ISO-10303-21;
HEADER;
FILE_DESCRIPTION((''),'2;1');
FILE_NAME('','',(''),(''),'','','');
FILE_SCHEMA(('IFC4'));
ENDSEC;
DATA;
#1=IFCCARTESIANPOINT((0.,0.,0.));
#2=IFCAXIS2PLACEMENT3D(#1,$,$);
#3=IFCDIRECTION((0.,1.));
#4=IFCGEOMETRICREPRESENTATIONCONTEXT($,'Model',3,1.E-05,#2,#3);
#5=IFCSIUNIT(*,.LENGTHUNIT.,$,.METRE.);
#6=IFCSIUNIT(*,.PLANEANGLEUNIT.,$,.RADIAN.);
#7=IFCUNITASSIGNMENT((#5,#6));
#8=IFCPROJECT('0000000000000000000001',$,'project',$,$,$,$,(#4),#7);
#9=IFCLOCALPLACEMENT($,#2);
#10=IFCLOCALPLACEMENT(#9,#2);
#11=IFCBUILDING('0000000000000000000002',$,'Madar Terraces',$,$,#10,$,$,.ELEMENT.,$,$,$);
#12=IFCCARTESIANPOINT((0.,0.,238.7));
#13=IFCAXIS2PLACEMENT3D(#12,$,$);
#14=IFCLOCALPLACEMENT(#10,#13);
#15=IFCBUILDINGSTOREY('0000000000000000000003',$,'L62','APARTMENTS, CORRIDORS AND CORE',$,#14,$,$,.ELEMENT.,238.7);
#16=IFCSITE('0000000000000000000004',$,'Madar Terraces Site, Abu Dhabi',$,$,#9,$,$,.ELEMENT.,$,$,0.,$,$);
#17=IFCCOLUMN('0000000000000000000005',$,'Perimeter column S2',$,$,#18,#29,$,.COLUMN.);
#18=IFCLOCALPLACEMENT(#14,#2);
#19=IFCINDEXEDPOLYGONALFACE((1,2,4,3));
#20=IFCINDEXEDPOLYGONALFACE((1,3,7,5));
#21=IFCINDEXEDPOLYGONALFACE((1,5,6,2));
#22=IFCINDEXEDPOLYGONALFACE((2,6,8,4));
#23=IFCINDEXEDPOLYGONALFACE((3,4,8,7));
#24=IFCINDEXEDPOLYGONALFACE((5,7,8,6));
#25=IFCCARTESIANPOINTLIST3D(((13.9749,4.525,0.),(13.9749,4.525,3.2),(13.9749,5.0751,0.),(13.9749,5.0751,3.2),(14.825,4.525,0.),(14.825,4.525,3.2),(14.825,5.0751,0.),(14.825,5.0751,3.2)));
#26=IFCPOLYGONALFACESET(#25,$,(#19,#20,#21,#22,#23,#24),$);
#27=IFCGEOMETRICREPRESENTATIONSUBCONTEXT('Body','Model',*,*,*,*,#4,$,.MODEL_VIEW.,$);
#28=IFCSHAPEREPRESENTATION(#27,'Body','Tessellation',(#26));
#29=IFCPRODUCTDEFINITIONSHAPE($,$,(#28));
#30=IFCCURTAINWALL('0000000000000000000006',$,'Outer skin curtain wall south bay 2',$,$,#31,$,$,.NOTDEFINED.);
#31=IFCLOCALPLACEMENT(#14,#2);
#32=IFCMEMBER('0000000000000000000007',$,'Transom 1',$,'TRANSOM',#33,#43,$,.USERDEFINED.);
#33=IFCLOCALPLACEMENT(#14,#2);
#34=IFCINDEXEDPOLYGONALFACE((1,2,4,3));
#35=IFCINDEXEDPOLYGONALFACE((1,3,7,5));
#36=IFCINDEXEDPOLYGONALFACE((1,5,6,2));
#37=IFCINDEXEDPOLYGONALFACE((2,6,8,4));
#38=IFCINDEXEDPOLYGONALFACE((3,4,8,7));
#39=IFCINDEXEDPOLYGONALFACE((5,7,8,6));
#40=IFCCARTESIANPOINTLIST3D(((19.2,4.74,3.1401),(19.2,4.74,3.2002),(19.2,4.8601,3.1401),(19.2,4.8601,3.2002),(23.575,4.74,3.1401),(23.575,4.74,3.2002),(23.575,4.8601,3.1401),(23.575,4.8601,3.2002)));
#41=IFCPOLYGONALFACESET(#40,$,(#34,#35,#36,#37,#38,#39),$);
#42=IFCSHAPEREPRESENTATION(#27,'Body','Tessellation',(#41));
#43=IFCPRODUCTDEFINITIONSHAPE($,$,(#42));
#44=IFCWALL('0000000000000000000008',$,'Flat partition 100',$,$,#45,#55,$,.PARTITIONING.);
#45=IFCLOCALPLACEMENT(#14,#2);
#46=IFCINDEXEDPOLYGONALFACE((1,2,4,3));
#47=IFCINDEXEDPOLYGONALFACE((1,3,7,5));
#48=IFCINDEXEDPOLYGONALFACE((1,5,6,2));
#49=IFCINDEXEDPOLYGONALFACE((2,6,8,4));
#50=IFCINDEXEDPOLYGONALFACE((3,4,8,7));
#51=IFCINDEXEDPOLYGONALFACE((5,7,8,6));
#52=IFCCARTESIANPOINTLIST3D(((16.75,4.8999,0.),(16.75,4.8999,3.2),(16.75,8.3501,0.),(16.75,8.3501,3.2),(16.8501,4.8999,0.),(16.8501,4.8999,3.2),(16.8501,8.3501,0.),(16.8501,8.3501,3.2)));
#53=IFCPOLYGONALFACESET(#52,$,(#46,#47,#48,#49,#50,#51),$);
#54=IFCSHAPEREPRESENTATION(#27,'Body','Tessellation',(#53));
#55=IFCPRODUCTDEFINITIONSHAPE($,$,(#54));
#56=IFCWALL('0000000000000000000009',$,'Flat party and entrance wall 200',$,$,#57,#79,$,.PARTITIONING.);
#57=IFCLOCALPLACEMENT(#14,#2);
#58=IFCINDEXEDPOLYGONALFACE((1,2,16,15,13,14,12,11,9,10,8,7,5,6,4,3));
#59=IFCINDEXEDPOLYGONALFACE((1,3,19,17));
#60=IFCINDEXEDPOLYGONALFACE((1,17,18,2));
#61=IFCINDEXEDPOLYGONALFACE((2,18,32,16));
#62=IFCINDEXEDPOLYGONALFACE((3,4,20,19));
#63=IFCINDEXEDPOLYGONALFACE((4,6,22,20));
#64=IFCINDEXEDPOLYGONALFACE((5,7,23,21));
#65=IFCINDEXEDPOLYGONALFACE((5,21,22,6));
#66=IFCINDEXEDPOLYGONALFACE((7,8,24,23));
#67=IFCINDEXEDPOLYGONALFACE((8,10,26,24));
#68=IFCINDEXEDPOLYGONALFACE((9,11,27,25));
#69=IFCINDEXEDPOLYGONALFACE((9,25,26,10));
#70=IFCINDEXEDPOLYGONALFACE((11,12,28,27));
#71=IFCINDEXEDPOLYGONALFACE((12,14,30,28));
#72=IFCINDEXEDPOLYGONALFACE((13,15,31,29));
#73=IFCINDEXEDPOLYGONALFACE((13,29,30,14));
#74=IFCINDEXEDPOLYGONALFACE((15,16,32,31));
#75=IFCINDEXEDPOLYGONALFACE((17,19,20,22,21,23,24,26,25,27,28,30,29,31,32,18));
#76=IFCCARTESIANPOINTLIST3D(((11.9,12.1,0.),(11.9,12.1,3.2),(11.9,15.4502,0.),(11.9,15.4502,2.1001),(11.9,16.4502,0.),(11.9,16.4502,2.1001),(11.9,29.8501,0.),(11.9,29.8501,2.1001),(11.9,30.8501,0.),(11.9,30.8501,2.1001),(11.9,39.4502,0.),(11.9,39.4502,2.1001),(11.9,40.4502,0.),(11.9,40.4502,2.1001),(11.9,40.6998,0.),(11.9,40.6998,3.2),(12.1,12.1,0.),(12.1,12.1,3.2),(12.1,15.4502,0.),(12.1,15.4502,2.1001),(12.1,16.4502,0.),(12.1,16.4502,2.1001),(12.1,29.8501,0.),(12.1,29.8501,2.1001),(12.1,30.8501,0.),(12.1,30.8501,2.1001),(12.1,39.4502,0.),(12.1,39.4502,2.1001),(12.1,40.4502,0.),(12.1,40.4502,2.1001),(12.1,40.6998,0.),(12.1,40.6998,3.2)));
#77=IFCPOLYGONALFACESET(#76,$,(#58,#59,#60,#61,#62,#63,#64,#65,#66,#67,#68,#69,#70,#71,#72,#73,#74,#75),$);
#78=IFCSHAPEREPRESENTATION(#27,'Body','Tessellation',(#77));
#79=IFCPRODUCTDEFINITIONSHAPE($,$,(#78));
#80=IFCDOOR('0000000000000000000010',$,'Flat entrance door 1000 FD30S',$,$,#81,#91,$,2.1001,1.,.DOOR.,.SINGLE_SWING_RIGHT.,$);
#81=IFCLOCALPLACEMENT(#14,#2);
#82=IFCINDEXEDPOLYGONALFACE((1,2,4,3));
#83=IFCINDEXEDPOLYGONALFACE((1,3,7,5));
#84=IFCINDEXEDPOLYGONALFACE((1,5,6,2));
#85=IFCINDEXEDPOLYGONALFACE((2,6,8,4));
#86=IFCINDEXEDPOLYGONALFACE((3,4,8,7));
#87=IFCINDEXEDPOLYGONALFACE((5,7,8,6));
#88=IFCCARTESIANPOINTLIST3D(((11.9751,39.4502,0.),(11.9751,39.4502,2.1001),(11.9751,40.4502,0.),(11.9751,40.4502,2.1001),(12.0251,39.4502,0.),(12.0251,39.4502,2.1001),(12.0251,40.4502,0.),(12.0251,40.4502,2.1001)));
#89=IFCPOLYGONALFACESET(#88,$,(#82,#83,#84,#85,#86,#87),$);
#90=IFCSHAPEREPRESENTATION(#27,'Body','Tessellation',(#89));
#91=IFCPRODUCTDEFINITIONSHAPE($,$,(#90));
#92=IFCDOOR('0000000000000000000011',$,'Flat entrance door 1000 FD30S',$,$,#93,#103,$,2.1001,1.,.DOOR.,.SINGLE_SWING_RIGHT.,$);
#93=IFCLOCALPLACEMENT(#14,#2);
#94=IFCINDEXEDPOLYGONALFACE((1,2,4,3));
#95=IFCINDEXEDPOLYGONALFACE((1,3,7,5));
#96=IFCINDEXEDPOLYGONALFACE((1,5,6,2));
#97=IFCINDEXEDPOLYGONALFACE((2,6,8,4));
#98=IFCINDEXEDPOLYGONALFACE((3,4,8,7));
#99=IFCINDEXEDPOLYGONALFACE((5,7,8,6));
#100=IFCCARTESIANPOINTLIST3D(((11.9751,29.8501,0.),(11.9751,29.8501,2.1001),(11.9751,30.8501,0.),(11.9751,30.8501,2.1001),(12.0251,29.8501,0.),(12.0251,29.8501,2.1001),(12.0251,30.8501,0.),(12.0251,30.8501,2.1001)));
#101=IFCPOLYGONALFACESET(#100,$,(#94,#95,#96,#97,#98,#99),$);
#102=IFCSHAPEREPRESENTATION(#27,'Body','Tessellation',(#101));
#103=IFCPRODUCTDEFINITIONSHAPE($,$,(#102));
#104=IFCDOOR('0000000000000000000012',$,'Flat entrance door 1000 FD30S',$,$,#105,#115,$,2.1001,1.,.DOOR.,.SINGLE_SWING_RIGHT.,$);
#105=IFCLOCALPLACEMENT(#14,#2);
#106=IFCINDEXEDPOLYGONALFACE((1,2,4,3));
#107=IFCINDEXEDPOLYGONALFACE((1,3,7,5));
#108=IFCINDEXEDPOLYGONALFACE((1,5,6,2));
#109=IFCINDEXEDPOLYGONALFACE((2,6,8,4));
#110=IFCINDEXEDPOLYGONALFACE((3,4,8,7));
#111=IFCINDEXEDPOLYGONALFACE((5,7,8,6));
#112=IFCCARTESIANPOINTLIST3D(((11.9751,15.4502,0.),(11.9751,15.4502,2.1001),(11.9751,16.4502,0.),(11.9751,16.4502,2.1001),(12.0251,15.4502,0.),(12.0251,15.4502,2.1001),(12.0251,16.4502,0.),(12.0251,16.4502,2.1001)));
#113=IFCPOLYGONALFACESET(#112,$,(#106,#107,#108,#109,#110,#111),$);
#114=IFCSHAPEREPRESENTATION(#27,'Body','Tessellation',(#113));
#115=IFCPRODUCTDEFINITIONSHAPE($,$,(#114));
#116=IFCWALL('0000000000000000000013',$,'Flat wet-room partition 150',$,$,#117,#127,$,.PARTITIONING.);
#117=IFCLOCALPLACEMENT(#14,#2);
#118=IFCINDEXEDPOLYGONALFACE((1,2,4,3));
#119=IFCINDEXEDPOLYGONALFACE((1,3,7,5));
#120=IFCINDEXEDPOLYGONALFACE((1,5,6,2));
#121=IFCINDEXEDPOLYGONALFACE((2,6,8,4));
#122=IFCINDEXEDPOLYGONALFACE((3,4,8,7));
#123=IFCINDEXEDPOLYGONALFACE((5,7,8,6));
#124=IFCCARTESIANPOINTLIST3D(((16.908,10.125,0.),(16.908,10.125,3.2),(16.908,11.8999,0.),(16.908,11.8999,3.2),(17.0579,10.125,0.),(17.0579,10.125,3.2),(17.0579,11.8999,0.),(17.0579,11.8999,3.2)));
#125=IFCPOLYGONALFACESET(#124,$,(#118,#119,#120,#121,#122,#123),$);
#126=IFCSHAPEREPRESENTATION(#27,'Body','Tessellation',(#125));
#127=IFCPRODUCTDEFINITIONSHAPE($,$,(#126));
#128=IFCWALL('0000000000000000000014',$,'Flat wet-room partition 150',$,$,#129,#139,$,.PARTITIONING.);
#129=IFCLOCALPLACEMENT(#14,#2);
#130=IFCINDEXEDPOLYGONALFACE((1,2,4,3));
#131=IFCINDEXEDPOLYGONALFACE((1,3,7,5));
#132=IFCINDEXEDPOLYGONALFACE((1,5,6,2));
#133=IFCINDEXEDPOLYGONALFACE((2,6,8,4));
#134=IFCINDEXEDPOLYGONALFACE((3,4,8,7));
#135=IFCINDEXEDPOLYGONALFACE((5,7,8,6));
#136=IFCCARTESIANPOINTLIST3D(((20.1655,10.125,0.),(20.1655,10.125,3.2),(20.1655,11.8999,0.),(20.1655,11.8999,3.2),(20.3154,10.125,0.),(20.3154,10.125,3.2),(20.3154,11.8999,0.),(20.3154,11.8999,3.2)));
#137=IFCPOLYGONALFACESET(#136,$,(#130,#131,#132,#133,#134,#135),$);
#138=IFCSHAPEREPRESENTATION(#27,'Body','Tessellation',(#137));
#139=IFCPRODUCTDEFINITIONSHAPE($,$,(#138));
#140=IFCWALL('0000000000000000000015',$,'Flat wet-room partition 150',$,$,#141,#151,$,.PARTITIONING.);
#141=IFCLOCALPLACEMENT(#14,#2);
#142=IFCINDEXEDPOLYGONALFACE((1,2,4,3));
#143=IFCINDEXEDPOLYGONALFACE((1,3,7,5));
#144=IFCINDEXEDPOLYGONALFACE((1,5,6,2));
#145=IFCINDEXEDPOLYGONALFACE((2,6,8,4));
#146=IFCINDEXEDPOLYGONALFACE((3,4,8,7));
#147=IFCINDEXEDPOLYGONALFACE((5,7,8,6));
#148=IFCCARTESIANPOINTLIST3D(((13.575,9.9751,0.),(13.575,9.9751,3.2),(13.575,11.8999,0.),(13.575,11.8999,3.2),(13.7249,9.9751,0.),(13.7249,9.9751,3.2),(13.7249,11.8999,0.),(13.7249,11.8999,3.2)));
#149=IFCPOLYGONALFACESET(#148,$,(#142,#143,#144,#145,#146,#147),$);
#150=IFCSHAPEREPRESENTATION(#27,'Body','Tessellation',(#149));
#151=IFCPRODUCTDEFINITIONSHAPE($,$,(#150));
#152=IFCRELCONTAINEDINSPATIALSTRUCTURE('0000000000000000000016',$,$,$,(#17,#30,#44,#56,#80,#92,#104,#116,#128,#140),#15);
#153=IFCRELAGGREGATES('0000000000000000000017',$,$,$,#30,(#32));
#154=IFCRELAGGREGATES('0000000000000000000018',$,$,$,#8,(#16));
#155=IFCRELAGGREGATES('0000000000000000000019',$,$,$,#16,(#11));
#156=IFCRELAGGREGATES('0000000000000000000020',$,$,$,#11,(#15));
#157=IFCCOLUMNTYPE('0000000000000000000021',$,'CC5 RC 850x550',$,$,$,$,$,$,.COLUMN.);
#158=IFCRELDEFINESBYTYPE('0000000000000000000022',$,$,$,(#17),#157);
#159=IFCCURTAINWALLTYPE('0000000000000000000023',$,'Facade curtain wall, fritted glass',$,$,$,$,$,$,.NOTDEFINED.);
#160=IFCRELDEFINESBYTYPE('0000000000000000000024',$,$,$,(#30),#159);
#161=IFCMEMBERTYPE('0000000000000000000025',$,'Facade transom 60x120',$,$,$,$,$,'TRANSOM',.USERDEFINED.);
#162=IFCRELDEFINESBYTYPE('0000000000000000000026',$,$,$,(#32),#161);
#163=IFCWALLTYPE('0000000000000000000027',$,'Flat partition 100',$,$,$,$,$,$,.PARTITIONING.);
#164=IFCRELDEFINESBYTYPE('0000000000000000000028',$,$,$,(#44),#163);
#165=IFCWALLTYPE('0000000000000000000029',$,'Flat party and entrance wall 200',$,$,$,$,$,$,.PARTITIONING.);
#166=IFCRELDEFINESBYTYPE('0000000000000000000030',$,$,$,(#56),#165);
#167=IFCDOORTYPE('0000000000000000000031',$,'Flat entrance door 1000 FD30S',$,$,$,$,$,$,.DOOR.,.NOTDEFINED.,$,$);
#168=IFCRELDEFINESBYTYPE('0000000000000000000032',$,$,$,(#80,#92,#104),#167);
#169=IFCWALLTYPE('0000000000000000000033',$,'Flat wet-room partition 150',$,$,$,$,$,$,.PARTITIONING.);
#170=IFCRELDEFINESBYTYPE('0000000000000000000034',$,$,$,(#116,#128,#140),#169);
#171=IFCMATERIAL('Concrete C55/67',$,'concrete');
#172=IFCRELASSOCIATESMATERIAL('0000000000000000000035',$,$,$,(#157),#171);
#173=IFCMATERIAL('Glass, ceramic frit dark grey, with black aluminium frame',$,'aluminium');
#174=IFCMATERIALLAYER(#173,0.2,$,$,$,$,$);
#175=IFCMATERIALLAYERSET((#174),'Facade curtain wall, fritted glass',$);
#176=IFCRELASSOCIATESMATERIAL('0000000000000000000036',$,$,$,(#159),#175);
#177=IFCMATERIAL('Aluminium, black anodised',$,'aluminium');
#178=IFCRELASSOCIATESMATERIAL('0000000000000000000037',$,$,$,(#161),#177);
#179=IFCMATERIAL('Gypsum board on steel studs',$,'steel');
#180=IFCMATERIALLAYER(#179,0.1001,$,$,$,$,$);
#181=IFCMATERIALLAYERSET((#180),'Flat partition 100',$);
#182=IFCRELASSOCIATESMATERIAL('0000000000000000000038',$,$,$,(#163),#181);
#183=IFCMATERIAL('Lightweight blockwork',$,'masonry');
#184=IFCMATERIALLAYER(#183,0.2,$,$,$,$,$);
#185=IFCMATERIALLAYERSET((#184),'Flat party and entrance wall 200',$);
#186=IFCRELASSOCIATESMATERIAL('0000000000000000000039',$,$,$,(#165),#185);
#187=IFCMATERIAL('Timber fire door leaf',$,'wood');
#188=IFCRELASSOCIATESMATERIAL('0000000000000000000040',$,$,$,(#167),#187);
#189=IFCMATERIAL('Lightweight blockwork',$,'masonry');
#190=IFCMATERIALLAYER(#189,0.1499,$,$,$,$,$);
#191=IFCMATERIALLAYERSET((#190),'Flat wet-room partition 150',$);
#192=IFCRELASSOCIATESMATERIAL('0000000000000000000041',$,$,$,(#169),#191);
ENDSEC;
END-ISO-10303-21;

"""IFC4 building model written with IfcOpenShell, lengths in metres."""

from ifc_helpers import new_model, si_unit, direction, frame, frame_2d, origin, origin_2d, place, context, subcontext, project, spatial, rectangle, extrude, material, layer, layer_set, material_profile, profile_set, type_object, element, fill, aggregate, save


model = new_model("IFC4")

# Units and contexts
model_context = context("Model", 3, precision=1e-05, world=origin(), true_north=direction((0.0, 1.0)))
body_context = subcontext(model_context, "Body", "Model", "MODEL_VIEW")
ifc_project = project(units=[si_unit("LENGTHUNIT", "METRE"), si_unit("PLANEANGLEUNIT", "RADIAN")], contexts=[model_context])

# Site, building, storey
site_placement = place(None, origin())
site = spatial("IfcSite", under=ifc_project, at=site_placement, Name="Madar Terraces Site, Abu Dhabi", CompositionType="ELEMENT", RefElevation=0.0)
building_placement = place(site_placement, origin())
building = spatial("IfcBuilding", under=site, at=building_placement, Name="Madar Terraces", CompositionType="ELEMENT")
storey_placement = place(building_placement, frame((0.0, 0.0, 238.7)))
storey = spatial("IfcBuildingStorey", under=building, at=storey_placement, Name="L62", Description="APARTMENTS, CORRIDORS AND CORE", CompositionType="ELEMENT", Elevation=238.7)

# Column
ifc_material_1 = material(Name="Concrete C55/67", Category="concrete")
ifc_material_profile_1 = material_profile(ifc_material_1, rectangle(XDim=0.8501, YDim=0.55, at=origin_2d()), Name="CC5 RC 850x550")
ifc_profile_set_1 = profile_set([ifc_material_profile_1], Name="Concrete C55/67")
column_type = type_object("IfcColumnType", Name="CC5 RC 850x550", PredefinedType="COLUMN", material=ifc_profile_set_1)
column_placement = place(storey_placement, frame((14.3999, 4.8, 0.0), z_axis=(0.0, 0.0, 1.0), x_axis=(1.0, 0.0, 0.0)))
element("IfcColumn", 1, at=column_placement, inside=storey, type_object=column_type, Name="Perimeter column S2", PredefinedType="COLUMN", context=body_context, shape_type="SweptSolid", body=[
    extrude(rectangle(XDim=0.8501, YDim=0.55, at=origin_2d()), origin(), (0.0, 0.0, 1.0), 3.2),
])

# Curtain wall, member
ifc_material_2 = material(Name="Glass, ceramic frit dark grey, with black aluminium frame", Category="aluminium")
ifc_layer_1 = layer(ifc_material_2, 0.2)
ifc_layer_set_1 = layer_set([ifc_layer_1], Name="Facade curtain wall, fritted glass")
curtain_wall_type = type_object("IfcCurtainWallType", Name="Facade curtain wall, fritted glass", PredefinedType="NOTDEFINED", material=ifc_layer_set_1)
curtain_wall_placement = place(storey_placement, origin())
curtain_wall = element("IfcCurtainWall", 2, at=curtain_wall_placement, inside=storey, type_object=curtain_wall_type, Name="Outer skin curtain wall south bay 2", PredefinedType="NOTDEFINED")
ifc_material_3 = material(Name="Aluminium, black anodised", Category="aluminium")
ifc_material_profile_2 = material_profile(ifc_material_3, rectangle(XDim=0.1201, YDim=0.0601, at=origin_2d()), Name="Facade transom 60x120")
ifc_profile_set_2 = profile_set([ifc_material_profile_2], Name="Aluminium, black anodised")
member_type = type_object("IfcMemberType", Name="Facade transom 60x120", ElementType="TRANSOM", PredefinedType="USERDEFINED", material=ifc_profile_set_2)
member_placement = place(storey_placement, frame((19.2, 4.8, 3.1702), z_axis=(1.0, 0.0, 0.0), x_axis=(0.0, 1.0, 0.0)))
member = element("IfcMember", 3, at=member_placement, type_object=member_type, Name="Transom 1", ObjectType="TRANSOM", PredefinedType="USERDEFINED", context=body_context, shape_type="SweptSolid", body=[
    extrude(rectangle(XDim=0.1201, YDim=0.0601, at=origin_2d()), origin(), (0.0, 0.0, 1.0), 4.375),
])
aggregate(curtain_wall, [member])

# Wall
ifc_material_4 = material(Name="Gypsum board on steel studs", Category="steel")
ifc_layer_2 = layer(ifc_material_4, 0.1001)
ifc_layer_set_2 = layer_set([ifc_layer_2], Name="Flat partition 100")
wall_type_1 = type_object("IfcWallType", Name="Flat partition 100", PredefinedType="PARTITIONING", material=ifc_layer_set_2)
wall_1_placement = place(storey_placement, frame((16.8, 8.3501, 0.0), z_axis=(0.0, 0.0, 1.0), x_axis=(0.0, -1.0, 0.0)))
element("IfcWall", 4, at=wall_1_placement, inside=storey, type_object=wall_type_1, Name="Flat partition 100", PredefinedType="PARTITIONING", context=body_context, shape_type="SweptSolid", body=[
    extrude(rectangle(XDim=3.4502, YDim=0.1001, at=frame_2d((1.7251, 0.0))), origin(), (0.0, 0.0, 1.0), 3.2),
])

# Wall, openings, doors
ifc_material_5 = material(Name="Lightweight blockwork", Category="masonry")
ifc_layer_3 = layer(ifc_material_5, 0.2)
ifc_layer_set_3 = layer_set([ifc_layer_3], Name="Flat party and entrance wall 200")
wall_type_2 = type_object("IfcWallType", Name="Flat party and entrance wall 200", PredefinedType="PARTITIONING", material=ifc_layer_set_3)
wall_2_placement = place(storey_placement, frame((12.0, 12.1001, 0.0), z_axis=(0.0, 0.0, 1.0), x_axis=(0.0, 1.0, 0.0)))
wall_2 = element("IfcWall", 5, at=wall_2_placement, inside=storey, type_object=wall_type_2, Name="Flat party and entrance wall 200", PredefinedType="PARTITIONING", context=body_context, shape_type="SweptSolid", body=[
    extrude(rectangle(XDim=28.5999, YDim=0.2, at=frame_2d((14.2998, 0.0))), origin(), (0.0, 0.0, 1.0), 3.2),
])
opening_1_placement = place(wall_2_placement, frame((27.3501, 0.0, 0.0)))
opening_1 = element("IfcOpeningElement", 6, at=opening_1_placement, cuts=wall_2, PredefinedType="OPENING", context=body_context, shape_type="SweptSolid", body=[
    extrude(rectangle(XDim=1.0, YDim=2.1001, at=frame_2d((0.5, 1.05))), frame((0.0, 0.1099, 0.0), z_axis=(0.0, -1.0, 0.0), x_axis=(1.0, 0.0, 0.0)), (0.0, 0.0, 1.0), 0.22),
])
opening_2_placement = place(wall_2_placement, frame((17.75, 0.0, 0.0)))
opening_2 = element("IfcOpeningElement", 7, at=opening_2_placement, cuts=wall_2, PredefinedType="OPENING", context=body_context, shape_type="SweptSolid", body=[
    extrude(rectangle(XDim=1.0, YDim=2.1001, at=frame_2d((0.5, 1.05))), frame((0.0, 0.1099, 0.0), z_axis=(0.0, -1.0, 0.0), x_axis=(1.0, 0.0, 0.0)), (0.0, 0.0, 1.0), 0.22),
])
opening_3_placement = place(wall_2_placement, frame((3.3501, 0.0, 0.0)))
opening_3 = element("IfcOpeningElement", 8, at=opening_3_placement, cuts=wall_2, PredefinedType="OPENING", context=body_context, shape_type="SweptSolid", body=[
    extrude(rectangle(XDim=1.0, YDim=2.1001, at=frame_2d((0.5, 1.05))), frame((0.0, 0.1099, 0.0), z_axis=(0.0, -1.0, 0.0), x_axis=(1.0, 0.0, 0.0)), (0.0, 0.0, 1.0), 0.22),
])
ifc_material_6 = material(Name="Timber fire door leaf", Category="wood")
door_type_1 = type_object("IfcDoorType", Name="Flat entrance door 1000 FD30S", OperationType="NOTDEFINED", PredefinedType="DOOR", material=ifc_material_6)
door_1_placement = place(opening_1_placement, origin())
door_1 = element("IfcDoor", 9, at=door_1_placement, inside=storey, type_object=door_type_1, Name="Flat entrance door 1000 FD30S", OperationType="SINGLE_SWING_RIGHT", OverallHeight=2.1001, OverallWidth=1.0, PredefinedType="DOOR", context=body_context, shape_type="SweptSolid", body=[
    extrude(rectangle(XDim=1.0, YDim=2.1001, at=frame_2d((0.5, 1.05))), frame((0.0, 0.0249, 0.0), z_axis=(0.0, -1.0, 0.0), x_axis=(1.0, 0.0, 0.0)), (0.0, 0.0, 1.0), 0.05),
])
fill(opening_1, door_1)
door_2_placement = place(opening_2_placement, origin())
door_2 = element("IfcDoor", 10, at=door_2_placement, inside=storey, type_object=door_type_1, Name="Flat entrance door 1000 FD30S", OperationType="SINGLE_SWING_RIGHT", OverallHeight=2.1001, OverallWidth=1.0, PredefinedType="DOOR", context=body_context, shape_type="SweptSolid", body=[
    extrude(rectangle(XDim=1.0, YDim=2.1001, at=frame_2d((0.5, 1.05))), frame((0.0, 0.0249, 0.0), z_axis=(0.0, -1.0, 0.0), x_axis=(1.0, 0.0, 0.0)), (0.0, 0.0, 1.0), 0.05),
])
fill(opening_2, door_2)
door_3_placement = place(opening_3_placement, origin())
door_3 = element("IfcDoor", 11, at=door_3_placement, inside=storey, type_object=door_type_1, Name="Flat entrance door 1000 FD30S", OperationType="SINGLE_SWING_RIGHT", OverallHeight=2.1001, OverallWidth=1.0, PredefinedType="DOOR", context=body_context, shape_type="SweptSolid", body=[
    extrude(rectangle(XDim=1.0, YDim=2.1001, at=frame_2d((0.5, 1.05))), frame((0.0, 0.0249, 0.0), z_axis=(0.0, -1.0, 0.0), x_axis=(1.0, 0.0, 0.0)), (0.0, 0.0, 1.0), 0.05),
])
fill(opening_3, door_3)

# Walls
ifc_material_7 = material(Name="Lightweight blockwork", Category="masonry")
ifc_layer_4 = layer(ifc_material_7, 0.1499)
ifc_layer_set_4 = layer_set([ifc_layer_4], Name="Flat wet-room partition 150")
wall_type_3 = type_object("IfcWallType", Name="Flat wet-room partition 150", PredefinedType="PARTITIONING", material=ifc_layer_set_4)
for number, where, z_axis, x_axis, name in (
    (12, (16.9829, 11.8999, 0.0), (0.0, 0.0, 1.0), (0.0, -1.0, 0.0), "Flat wet-room partition 150"),
    (13, (20.2405, 11.8999, 0.0), (0.0, 0.0, 1.0), (0.0, -1.0, 0.0), "Flat wet-room partition 150"),
):
    element("IfcWall", number, at=place(storey_placement, frame(where, z_axis=z_axis, x_axis=x_axis)), inside=storey, type_object=wall_type_3, Name=name, PredefinedType="PARTITIONING", context=body_context, shape_type="SweptSolid", body=[
        extrude(rectangle(XDim=1.7749, YDim=0.1499, at=frame_2d((0.8875, 0.0))), origin(), (0.0, 0.0, 1.0), 3.2),
    ])
wall_3_placement = place(storey_placement, frame((13.6499, 11.8999, 0.0), z_axis=(0.0, 0.0, 1.0), x_axis=(0.0, -1.0, 0.0)))
element("IfcWall", 14, at=wall_3_placement, inside=storey, type_object=wall_type_3, Name="Flat wet-room partition 150", PredefinedType="PARTITIONING", context=body_context, shape_type="SweptSolid", body=[
    extrude(rectangle(XDim=1.9248, YDim=0.1499, at=frame_2d((0.9624, 0.0))), origin(), (0.0, 0.0, 1.0), 3.2),
])

save(model, "model.ifc")
